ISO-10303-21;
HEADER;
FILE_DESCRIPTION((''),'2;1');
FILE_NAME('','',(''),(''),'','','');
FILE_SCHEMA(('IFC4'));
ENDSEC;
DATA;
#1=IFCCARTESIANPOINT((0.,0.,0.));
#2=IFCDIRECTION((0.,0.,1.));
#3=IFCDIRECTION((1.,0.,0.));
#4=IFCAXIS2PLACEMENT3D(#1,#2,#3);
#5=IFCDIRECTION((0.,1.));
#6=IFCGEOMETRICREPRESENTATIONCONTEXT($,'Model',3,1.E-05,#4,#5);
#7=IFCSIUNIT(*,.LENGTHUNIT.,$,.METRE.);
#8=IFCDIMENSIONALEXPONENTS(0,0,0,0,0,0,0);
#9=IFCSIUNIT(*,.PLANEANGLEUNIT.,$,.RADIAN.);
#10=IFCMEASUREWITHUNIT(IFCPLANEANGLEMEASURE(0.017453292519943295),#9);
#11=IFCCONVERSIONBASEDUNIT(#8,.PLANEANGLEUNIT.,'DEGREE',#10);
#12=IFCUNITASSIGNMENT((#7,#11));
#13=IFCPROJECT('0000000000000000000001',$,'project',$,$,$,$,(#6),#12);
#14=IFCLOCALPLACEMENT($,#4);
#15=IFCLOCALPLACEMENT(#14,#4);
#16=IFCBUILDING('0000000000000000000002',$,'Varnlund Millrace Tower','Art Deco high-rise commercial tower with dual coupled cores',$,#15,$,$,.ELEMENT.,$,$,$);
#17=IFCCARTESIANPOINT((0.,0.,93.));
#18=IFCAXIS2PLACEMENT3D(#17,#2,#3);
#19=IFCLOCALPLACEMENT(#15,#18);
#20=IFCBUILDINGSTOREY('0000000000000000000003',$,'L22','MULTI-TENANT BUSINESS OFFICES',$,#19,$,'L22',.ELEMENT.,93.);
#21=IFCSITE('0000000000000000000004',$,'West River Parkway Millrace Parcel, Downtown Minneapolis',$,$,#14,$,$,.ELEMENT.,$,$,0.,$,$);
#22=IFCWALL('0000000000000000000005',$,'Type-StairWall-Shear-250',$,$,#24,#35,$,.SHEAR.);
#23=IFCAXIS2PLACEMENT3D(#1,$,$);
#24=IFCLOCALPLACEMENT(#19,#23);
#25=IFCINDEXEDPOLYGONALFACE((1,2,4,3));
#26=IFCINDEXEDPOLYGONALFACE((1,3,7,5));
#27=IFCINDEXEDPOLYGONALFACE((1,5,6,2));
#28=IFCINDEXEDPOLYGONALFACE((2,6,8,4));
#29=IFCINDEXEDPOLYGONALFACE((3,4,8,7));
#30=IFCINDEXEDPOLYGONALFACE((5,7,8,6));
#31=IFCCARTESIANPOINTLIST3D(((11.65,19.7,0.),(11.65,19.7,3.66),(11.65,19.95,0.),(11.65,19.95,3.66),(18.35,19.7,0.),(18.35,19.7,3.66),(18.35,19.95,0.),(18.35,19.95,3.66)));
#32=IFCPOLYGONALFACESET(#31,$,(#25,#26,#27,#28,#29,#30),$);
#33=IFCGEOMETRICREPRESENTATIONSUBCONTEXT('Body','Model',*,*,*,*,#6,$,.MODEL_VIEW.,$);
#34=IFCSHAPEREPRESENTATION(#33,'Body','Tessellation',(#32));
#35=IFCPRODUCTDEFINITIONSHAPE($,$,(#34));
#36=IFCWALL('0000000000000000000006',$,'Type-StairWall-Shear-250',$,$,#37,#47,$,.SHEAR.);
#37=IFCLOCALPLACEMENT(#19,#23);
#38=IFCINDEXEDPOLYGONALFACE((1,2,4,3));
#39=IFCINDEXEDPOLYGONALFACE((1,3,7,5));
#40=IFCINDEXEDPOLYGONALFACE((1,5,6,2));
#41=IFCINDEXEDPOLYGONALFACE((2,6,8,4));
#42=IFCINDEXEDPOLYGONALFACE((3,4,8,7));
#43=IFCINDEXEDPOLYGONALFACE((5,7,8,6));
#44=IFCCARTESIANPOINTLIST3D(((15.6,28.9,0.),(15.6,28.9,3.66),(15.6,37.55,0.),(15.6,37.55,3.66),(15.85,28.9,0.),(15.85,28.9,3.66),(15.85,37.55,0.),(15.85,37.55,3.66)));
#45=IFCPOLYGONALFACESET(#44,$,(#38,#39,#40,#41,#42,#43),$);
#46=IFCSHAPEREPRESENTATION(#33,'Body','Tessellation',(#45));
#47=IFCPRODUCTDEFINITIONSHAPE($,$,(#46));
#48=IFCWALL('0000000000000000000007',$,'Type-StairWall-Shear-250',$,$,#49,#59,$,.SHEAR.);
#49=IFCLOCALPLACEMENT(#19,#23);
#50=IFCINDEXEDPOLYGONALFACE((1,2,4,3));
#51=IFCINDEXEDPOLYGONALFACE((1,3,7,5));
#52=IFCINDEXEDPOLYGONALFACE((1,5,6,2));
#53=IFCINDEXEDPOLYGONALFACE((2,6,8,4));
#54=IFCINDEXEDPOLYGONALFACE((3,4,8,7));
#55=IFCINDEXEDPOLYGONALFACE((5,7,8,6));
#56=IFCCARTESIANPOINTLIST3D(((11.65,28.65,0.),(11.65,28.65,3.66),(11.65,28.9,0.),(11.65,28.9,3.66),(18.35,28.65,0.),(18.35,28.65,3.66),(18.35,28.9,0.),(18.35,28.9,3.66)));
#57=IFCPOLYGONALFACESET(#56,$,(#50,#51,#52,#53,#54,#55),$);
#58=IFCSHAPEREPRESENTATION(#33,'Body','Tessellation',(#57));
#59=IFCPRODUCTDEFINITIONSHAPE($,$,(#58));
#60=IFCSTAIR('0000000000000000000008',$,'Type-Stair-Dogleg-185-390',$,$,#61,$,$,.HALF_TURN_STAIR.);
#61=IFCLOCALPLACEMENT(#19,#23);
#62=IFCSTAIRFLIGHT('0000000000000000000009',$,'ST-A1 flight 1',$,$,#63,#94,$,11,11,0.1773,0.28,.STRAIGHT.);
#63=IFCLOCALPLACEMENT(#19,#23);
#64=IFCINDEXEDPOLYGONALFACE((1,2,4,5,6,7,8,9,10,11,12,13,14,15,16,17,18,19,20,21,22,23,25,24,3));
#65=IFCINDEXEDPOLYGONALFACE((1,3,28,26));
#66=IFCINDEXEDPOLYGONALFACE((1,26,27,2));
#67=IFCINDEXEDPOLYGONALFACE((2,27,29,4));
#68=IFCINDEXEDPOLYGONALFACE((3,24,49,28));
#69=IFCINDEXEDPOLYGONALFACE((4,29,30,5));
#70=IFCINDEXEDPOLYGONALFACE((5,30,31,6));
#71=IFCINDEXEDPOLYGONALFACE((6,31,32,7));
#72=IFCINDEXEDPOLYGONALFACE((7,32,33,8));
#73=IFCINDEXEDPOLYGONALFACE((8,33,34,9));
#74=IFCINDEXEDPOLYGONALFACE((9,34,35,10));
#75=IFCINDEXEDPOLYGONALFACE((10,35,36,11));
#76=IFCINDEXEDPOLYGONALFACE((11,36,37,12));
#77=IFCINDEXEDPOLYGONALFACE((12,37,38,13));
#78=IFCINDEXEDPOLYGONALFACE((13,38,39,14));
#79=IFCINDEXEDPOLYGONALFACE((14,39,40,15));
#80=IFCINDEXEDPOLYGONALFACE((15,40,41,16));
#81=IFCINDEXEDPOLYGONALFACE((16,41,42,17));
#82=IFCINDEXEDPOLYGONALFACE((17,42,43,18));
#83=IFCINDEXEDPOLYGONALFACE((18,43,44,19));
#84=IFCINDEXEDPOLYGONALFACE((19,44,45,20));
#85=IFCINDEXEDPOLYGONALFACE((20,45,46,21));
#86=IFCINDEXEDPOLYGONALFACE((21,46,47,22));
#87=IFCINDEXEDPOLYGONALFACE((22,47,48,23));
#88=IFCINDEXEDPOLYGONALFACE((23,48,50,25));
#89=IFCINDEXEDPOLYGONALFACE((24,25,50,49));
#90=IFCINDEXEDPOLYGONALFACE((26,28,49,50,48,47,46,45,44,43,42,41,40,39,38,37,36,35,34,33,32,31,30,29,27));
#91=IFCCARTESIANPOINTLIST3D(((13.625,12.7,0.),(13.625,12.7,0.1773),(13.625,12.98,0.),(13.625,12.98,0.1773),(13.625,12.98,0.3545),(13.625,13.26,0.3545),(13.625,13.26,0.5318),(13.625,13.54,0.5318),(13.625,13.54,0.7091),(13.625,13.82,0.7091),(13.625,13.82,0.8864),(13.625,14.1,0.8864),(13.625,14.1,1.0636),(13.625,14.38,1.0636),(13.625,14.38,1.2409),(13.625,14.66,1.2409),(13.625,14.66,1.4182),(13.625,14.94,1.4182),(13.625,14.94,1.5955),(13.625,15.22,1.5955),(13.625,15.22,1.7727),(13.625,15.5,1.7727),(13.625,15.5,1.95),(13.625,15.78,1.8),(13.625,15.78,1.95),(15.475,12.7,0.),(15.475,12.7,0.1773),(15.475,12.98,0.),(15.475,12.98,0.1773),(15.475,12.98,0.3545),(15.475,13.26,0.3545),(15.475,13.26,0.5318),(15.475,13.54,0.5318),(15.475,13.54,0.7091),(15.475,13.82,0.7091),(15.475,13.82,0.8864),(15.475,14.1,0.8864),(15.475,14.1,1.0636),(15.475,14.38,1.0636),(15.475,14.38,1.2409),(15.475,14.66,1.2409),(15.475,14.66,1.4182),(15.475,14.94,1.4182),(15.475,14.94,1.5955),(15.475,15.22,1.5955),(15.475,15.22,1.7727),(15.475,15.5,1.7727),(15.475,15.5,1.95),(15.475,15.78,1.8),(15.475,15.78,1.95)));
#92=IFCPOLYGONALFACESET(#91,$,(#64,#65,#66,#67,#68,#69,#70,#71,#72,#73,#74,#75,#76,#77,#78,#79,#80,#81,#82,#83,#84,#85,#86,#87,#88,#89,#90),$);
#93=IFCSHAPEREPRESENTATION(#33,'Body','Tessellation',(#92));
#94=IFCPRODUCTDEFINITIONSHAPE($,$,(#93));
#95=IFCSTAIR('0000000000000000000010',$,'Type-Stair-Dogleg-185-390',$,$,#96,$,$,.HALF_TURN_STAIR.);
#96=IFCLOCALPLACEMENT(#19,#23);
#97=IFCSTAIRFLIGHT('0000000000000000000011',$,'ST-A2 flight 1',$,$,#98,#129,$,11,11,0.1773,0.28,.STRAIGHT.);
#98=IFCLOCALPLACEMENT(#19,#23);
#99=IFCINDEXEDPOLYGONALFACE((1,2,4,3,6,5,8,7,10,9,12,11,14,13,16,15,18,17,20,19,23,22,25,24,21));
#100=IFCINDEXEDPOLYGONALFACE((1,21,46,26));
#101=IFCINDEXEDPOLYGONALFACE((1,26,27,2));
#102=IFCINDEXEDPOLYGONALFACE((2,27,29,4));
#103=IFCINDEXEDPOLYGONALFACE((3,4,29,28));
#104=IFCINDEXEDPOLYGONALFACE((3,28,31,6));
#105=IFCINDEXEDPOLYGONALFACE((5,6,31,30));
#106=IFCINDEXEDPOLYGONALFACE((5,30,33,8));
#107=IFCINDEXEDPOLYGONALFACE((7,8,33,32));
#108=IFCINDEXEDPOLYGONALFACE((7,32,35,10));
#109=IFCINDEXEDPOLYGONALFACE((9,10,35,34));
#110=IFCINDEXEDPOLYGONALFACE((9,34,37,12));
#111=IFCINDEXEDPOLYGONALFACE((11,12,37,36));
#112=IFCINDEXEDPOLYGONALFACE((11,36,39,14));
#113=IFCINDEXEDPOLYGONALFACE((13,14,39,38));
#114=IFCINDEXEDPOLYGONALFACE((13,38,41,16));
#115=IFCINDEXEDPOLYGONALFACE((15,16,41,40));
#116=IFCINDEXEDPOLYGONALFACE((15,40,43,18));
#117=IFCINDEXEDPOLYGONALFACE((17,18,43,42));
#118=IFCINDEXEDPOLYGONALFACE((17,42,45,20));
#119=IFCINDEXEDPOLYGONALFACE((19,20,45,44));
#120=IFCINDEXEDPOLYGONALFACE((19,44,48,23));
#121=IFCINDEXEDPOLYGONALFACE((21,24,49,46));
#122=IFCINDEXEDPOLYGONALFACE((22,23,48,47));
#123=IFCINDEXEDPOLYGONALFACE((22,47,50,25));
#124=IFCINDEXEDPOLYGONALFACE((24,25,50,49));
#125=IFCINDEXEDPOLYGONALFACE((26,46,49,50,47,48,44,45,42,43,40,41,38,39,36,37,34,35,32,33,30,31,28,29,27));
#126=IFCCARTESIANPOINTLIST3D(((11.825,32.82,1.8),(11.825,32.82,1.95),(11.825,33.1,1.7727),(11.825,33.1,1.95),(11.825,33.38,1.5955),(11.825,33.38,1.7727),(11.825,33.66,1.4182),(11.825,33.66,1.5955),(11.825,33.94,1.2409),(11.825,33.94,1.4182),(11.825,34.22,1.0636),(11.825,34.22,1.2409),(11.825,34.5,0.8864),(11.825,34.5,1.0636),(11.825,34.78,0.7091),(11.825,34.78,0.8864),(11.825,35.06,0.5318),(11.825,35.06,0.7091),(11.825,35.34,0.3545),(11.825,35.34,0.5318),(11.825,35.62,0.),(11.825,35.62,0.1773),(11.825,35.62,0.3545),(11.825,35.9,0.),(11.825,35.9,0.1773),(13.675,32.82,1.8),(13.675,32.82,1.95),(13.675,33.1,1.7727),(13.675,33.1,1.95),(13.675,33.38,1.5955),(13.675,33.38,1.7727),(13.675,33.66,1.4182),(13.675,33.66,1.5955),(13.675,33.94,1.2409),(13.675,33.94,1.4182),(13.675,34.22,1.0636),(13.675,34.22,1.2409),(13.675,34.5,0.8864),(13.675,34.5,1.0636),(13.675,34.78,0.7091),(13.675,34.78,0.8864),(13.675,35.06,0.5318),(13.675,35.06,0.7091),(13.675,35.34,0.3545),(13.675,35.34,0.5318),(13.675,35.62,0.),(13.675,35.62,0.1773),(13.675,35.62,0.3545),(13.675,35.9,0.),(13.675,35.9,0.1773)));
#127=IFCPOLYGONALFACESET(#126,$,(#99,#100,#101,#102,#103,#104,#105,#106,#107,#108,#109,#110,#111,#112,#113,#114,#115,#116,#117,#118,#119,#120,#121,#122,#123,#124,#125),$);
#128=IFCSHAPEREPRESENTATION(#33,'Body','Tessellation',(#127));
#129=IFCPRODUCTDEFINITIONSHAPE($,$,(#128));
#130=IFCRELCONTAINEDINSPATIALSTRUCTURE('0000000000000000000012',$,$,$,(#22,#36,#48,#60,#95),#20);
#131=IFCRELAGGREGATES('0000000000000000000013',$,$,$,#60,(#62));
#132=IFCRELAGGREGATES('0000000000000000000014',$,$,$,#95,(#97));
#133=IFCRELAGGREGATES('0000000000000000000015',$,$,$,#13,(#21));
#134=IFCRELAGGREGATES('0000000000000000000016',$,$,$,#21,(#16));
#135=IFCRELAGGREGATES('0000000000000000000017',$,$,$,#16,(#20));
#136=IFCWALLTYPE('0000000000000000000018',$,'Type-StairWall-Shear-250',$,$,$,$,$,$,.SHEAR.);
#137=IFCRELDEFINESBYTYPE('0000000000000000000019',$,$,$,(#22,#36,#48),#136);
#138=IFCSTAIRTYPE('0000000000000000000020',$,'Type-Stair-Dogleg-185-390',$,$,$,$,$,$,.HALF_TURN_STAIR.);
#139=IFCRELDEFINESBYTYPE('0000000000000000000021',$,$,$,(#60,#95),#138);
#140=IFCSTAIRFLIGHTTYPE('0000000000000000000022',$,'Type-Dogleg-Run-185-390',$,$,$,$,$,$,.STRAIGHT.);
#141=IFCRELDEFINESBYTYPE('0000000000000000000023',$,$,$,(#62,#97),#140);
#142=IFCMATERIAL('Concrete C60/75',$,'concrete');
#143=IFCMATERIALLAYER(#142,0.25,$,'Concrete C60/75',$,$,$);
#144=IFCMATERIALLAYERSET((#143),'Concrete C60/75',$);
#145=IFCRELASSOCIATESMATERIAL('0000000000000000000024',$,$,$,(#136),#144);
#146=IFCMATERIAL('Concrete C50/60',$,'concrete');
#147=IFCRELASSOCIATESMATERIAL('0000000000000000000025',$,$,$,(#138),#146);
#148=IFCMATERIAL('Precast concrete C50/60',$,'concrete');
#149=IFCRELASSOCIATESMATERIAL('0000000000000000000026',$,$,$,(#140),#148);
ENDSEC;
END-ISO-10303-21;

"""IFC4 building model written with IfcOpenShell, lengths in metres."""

from ifc_helpers import new_model, entity, si_unit, converted_unit, direction, frame, origin_with_axes, place, context, subcontext, project, spatial, polyline, outline, extrude, material, layer, layer_set, type_object, element, aggregate, save


model = new_model("IFC4")

# Units and contexts
model_context = context("Model", 3, precision=1e-05, world=origin_with_axes(), true_north=direction((0.0, 1.0)))
body_context = subcontext(model_context, "Body", "Model", "MODEL_VIEW")
ifc_project = project(units=[si_unit("LENGTHUNIT", "METRE"), converted_unit("PLANEANGLEUNIT", "DEGREE", entity("IfcPlaneAngleMeasure", 0.017453292519943295), si_unit("PLANEANGLEUNIT", "RADIAN"), dimensions=[0, 0, 0, 0, 0, 0, 0])], contexts=[model_context])

# Site, building, storey
site_placement = place(None, origin_with_axes())
site = spatial("IfcSite", under=ifc_project, at=site_placement, Name="West River Parkway Millrace Parcel, Downtown Minneapolis", CompositionType="ELEMENT", RefElevation=0.0)
building_placement = place(site_placement, origin_with_axes())
building = spatial("IfcBuilding", under=site, at=building_placement, Name="Varnlund Millrace Tower", Description="Art Deco high-rise commercial tower with dual coupled cores", CompositionType="ELEMENT")
storey_placement = place(building_placement, frame((0.0, 0.0, 93.0), z_axis=(0.0, 0.0, 1.0), x_axis=(1.0, 0.0, 0.0)))
storey = spatial("IfcBuildingStorey", under=building, at=storey_placement, Name="L22", Description="MULTI-TENANT BUSINESS OFFICES", LongName="L22", CompositionType="ELEMENT", Elevation=93.0)

# Shared definitions
ifc_material_1 = material(Name="Concrete C60/75", Category="concrete")
ifc_layer_1 = layer(ifc_material_1, 0.25, Name="Concrete C60/75")
ifc_layer_set_1 = layer_set([ifc_layer_1], Name="Concrete C60/75")

# Walls
wall_type_1 = type_object("IfcWallType", Name="Type-StairWall-Shear-250", PredefinedType="SHEAR", material=ifc_layer_set_1)
wall_1_placement = place(storey_placement, frame((11.65, 19.825, 0.0), z_axis=(0.0, 0.0, 1.0), x_axis=(1.0, 0.0, 0.0)))
element("IfcWall", 1, at=wall_1_placement, inside=storey, type_object=wall_type_1, Name="Type-StairWall-Shear-250", PredefinedType="SHEAR", context=body_context, shape_type="SweptSolid", body=[
    extrude(outline(polyline([(0.0, -0.125), (6.7, -0.125), (6.7, 0.125), (0.0, 0.125), (0.0, -0.125)])), origin_with_axes(), (0.0, 0.0, 1.0), 3.66),
])
wall_2_placement = place(storey_placement, frame((15.725, 28.9, 0.0), z_axis=(0.0, 0.0, 1.0), x_axis=(0.0, 1.0, 0.0)))
element("IfcWall", 2, at=wall_2_placement, inside=storey, type_object=wall_type_1, Name="Type-StairWall-Shear-250", PredefinedType="SHEAR", context=body_context, shape_type="SweptSolid", body=[
    extrude(outline(polyline([(0.0, -0.125), (8.65, -0.125), (8.65, 0.125), (0.0, 0.125), (0.0, -0.125)])), origin_with_axes(), (0.0, 0.0, 1.0), 3.66),
])
wall_3_placement = place(storey_placement, frame((11.65, 28.775, 0.0), z_axis=(0.0, 0.0, 1.0), x_axis=(1.0, 0.0, 0.0)))
element("IfcWall", 3, at=wall_3_placement, inside=storey, type_object=wall_type_1, Name="Type-StairWall-Shear-250", PredefinedType="SHEAR", context=body_context, shape_type="SweptSolid", body=[
    extrude(outline(polyline([(0.0, -0.125), (6.7, -0.125), (6.7, 0.125), (0.0, 0.125), (0.0, -0.125)])), origin_with_axes(), (0.0, 0.0, 1.0), 3.66),
])

# Stairs, stair flights
ifc_material_2 = material(Name="Concrete C50/60", Category="concrete")
stair_type = type_object("IfcStairType", Name="Type-Stair-Dogleg-185-390", PredefinedType="HALF_TURN_STAIR", material=ifc_material_2)
stair_1_placement = place(storey_placement, origin_with_axes())
stair_1 = element("IfcStair", 4, at=stair_1_placement, inside=storey, type_object=stair_type, Name="Type-Stair-Dogleg-185-390", PredefinedType="HALF_TURN_STAIR")
ifc_material_3 = material(Name="Precast concrete C50/60", Category="concrete")
stair_flight_type = type_object("IfcStairFlightType", Name="Type-Dogleg-Run-185-390", PredefinedType="STRAIGHT", material=ifc_material_3)
stair_flight_1_placement = place(storey_placement, frame((13.625, 12.7, 0.0), z_axis=(1.0, 0.0, 0.0), x_axis=(0.0, 1.0, 0.0)))
stair_flight_1 = element("IfcStairFlight", 5, at=stair_flight_1_placement, type_object=stair_flight_type, Name="ST-A1 flight 1", NumberOfRisers=11, NumberOfTreads=11, PredefinedType="STRAIGHT", RiserHeight=0.1773, TreadLength=0.28, context=body_context, shape_type="SweptSolid", body=[
    extrude(outline(polyline([(0.0, 0.0), (0.0, 0.1773), (0.28, 0.1773), (0.28, 0.3545), (0.56, 0.3545), (0.56, 0.5318), (0.84, 0.5318), (0.84, 0.7091), (1.12, 0.7091), (1.12, 0.8864), (1.4, 0.8864), (1.4, 1.0636), (1.68, 1.0636), (1.68, 1.2409), (1.96, 1.2409), (1.96, 1.4182), (2.24, 1.4182), (2.24, 1.5955), (2.52, 1.5955), (2.52, 1.7727), (2.8, 1.7727), (2.8, 1.95), (3.08, 1.95), (3.08, 1.8), (0.28, 0.0), (0.0, 0.0)])), origin_with_axes(), (0.0, 0.0, 1.0), 1.85),
])
aggregate(stair_1, [stair_flight_1])
stair_2_placement = place(storey_placement, origin_with_axes())
stair_2 = element("IfcStair", 6, at=stair_2_placement, inside=storey, type_object=stair_type, Name="Type-Stair-Dogleg-185-390", PredefinedType="HALF_TURN_STAIR")
stair_flight_2_placement = place(storey_placement, frame((13.675, 35.9, 0.0), z_axis=(-1.0, 0.0, 0.0), x_axis=(0.0, -1.0, 0.0)))
stair_flight_2 = element("IfcStairFlight", 7, at=stair_flight_2_placement, type_object=stair_flight_type, Name="ST-A2 flight 1", NumberOfRisers=11, NumberOfTreads=11, PredefinedType="STRAIGHT", RiserHeight=0.1773, TreadLength=0.28, context=body_context, shape_type="SweptSolid", body=[
    extrude(outline(polyline([(0.0, 0.0), (0.0, 0.1773), (0.28, 0.1773), (0.28, 0.3545), (0.56, 0.3545), (0.56, 0.5318), (0.84, 0.5318), (0.84, 0.7091), (1.12, 0.7091), (1.12, 0.8864), (1.4, 0.8864), (1.4, 1.0636), (1.68, 1.0636), (1.68, 1.2409), (1.96, 1.2409), (1.96, 1.4182), (2.24, 1.4182), (2.24, 1.5955), (2.52, 1.5955), (2.52, 1.7727), (2.8, 1.7727), (2.8, 1.95), (3.08, 1.95), (3.08, 1.8), (0.28, 0.0), (0.0, 0.0)])), origin_with_axes(), (0.0, 0.0, 1.0), 1.85),
])
aggregate(stair_2, [stair_flight_2])

save(model, "model.ifc")
